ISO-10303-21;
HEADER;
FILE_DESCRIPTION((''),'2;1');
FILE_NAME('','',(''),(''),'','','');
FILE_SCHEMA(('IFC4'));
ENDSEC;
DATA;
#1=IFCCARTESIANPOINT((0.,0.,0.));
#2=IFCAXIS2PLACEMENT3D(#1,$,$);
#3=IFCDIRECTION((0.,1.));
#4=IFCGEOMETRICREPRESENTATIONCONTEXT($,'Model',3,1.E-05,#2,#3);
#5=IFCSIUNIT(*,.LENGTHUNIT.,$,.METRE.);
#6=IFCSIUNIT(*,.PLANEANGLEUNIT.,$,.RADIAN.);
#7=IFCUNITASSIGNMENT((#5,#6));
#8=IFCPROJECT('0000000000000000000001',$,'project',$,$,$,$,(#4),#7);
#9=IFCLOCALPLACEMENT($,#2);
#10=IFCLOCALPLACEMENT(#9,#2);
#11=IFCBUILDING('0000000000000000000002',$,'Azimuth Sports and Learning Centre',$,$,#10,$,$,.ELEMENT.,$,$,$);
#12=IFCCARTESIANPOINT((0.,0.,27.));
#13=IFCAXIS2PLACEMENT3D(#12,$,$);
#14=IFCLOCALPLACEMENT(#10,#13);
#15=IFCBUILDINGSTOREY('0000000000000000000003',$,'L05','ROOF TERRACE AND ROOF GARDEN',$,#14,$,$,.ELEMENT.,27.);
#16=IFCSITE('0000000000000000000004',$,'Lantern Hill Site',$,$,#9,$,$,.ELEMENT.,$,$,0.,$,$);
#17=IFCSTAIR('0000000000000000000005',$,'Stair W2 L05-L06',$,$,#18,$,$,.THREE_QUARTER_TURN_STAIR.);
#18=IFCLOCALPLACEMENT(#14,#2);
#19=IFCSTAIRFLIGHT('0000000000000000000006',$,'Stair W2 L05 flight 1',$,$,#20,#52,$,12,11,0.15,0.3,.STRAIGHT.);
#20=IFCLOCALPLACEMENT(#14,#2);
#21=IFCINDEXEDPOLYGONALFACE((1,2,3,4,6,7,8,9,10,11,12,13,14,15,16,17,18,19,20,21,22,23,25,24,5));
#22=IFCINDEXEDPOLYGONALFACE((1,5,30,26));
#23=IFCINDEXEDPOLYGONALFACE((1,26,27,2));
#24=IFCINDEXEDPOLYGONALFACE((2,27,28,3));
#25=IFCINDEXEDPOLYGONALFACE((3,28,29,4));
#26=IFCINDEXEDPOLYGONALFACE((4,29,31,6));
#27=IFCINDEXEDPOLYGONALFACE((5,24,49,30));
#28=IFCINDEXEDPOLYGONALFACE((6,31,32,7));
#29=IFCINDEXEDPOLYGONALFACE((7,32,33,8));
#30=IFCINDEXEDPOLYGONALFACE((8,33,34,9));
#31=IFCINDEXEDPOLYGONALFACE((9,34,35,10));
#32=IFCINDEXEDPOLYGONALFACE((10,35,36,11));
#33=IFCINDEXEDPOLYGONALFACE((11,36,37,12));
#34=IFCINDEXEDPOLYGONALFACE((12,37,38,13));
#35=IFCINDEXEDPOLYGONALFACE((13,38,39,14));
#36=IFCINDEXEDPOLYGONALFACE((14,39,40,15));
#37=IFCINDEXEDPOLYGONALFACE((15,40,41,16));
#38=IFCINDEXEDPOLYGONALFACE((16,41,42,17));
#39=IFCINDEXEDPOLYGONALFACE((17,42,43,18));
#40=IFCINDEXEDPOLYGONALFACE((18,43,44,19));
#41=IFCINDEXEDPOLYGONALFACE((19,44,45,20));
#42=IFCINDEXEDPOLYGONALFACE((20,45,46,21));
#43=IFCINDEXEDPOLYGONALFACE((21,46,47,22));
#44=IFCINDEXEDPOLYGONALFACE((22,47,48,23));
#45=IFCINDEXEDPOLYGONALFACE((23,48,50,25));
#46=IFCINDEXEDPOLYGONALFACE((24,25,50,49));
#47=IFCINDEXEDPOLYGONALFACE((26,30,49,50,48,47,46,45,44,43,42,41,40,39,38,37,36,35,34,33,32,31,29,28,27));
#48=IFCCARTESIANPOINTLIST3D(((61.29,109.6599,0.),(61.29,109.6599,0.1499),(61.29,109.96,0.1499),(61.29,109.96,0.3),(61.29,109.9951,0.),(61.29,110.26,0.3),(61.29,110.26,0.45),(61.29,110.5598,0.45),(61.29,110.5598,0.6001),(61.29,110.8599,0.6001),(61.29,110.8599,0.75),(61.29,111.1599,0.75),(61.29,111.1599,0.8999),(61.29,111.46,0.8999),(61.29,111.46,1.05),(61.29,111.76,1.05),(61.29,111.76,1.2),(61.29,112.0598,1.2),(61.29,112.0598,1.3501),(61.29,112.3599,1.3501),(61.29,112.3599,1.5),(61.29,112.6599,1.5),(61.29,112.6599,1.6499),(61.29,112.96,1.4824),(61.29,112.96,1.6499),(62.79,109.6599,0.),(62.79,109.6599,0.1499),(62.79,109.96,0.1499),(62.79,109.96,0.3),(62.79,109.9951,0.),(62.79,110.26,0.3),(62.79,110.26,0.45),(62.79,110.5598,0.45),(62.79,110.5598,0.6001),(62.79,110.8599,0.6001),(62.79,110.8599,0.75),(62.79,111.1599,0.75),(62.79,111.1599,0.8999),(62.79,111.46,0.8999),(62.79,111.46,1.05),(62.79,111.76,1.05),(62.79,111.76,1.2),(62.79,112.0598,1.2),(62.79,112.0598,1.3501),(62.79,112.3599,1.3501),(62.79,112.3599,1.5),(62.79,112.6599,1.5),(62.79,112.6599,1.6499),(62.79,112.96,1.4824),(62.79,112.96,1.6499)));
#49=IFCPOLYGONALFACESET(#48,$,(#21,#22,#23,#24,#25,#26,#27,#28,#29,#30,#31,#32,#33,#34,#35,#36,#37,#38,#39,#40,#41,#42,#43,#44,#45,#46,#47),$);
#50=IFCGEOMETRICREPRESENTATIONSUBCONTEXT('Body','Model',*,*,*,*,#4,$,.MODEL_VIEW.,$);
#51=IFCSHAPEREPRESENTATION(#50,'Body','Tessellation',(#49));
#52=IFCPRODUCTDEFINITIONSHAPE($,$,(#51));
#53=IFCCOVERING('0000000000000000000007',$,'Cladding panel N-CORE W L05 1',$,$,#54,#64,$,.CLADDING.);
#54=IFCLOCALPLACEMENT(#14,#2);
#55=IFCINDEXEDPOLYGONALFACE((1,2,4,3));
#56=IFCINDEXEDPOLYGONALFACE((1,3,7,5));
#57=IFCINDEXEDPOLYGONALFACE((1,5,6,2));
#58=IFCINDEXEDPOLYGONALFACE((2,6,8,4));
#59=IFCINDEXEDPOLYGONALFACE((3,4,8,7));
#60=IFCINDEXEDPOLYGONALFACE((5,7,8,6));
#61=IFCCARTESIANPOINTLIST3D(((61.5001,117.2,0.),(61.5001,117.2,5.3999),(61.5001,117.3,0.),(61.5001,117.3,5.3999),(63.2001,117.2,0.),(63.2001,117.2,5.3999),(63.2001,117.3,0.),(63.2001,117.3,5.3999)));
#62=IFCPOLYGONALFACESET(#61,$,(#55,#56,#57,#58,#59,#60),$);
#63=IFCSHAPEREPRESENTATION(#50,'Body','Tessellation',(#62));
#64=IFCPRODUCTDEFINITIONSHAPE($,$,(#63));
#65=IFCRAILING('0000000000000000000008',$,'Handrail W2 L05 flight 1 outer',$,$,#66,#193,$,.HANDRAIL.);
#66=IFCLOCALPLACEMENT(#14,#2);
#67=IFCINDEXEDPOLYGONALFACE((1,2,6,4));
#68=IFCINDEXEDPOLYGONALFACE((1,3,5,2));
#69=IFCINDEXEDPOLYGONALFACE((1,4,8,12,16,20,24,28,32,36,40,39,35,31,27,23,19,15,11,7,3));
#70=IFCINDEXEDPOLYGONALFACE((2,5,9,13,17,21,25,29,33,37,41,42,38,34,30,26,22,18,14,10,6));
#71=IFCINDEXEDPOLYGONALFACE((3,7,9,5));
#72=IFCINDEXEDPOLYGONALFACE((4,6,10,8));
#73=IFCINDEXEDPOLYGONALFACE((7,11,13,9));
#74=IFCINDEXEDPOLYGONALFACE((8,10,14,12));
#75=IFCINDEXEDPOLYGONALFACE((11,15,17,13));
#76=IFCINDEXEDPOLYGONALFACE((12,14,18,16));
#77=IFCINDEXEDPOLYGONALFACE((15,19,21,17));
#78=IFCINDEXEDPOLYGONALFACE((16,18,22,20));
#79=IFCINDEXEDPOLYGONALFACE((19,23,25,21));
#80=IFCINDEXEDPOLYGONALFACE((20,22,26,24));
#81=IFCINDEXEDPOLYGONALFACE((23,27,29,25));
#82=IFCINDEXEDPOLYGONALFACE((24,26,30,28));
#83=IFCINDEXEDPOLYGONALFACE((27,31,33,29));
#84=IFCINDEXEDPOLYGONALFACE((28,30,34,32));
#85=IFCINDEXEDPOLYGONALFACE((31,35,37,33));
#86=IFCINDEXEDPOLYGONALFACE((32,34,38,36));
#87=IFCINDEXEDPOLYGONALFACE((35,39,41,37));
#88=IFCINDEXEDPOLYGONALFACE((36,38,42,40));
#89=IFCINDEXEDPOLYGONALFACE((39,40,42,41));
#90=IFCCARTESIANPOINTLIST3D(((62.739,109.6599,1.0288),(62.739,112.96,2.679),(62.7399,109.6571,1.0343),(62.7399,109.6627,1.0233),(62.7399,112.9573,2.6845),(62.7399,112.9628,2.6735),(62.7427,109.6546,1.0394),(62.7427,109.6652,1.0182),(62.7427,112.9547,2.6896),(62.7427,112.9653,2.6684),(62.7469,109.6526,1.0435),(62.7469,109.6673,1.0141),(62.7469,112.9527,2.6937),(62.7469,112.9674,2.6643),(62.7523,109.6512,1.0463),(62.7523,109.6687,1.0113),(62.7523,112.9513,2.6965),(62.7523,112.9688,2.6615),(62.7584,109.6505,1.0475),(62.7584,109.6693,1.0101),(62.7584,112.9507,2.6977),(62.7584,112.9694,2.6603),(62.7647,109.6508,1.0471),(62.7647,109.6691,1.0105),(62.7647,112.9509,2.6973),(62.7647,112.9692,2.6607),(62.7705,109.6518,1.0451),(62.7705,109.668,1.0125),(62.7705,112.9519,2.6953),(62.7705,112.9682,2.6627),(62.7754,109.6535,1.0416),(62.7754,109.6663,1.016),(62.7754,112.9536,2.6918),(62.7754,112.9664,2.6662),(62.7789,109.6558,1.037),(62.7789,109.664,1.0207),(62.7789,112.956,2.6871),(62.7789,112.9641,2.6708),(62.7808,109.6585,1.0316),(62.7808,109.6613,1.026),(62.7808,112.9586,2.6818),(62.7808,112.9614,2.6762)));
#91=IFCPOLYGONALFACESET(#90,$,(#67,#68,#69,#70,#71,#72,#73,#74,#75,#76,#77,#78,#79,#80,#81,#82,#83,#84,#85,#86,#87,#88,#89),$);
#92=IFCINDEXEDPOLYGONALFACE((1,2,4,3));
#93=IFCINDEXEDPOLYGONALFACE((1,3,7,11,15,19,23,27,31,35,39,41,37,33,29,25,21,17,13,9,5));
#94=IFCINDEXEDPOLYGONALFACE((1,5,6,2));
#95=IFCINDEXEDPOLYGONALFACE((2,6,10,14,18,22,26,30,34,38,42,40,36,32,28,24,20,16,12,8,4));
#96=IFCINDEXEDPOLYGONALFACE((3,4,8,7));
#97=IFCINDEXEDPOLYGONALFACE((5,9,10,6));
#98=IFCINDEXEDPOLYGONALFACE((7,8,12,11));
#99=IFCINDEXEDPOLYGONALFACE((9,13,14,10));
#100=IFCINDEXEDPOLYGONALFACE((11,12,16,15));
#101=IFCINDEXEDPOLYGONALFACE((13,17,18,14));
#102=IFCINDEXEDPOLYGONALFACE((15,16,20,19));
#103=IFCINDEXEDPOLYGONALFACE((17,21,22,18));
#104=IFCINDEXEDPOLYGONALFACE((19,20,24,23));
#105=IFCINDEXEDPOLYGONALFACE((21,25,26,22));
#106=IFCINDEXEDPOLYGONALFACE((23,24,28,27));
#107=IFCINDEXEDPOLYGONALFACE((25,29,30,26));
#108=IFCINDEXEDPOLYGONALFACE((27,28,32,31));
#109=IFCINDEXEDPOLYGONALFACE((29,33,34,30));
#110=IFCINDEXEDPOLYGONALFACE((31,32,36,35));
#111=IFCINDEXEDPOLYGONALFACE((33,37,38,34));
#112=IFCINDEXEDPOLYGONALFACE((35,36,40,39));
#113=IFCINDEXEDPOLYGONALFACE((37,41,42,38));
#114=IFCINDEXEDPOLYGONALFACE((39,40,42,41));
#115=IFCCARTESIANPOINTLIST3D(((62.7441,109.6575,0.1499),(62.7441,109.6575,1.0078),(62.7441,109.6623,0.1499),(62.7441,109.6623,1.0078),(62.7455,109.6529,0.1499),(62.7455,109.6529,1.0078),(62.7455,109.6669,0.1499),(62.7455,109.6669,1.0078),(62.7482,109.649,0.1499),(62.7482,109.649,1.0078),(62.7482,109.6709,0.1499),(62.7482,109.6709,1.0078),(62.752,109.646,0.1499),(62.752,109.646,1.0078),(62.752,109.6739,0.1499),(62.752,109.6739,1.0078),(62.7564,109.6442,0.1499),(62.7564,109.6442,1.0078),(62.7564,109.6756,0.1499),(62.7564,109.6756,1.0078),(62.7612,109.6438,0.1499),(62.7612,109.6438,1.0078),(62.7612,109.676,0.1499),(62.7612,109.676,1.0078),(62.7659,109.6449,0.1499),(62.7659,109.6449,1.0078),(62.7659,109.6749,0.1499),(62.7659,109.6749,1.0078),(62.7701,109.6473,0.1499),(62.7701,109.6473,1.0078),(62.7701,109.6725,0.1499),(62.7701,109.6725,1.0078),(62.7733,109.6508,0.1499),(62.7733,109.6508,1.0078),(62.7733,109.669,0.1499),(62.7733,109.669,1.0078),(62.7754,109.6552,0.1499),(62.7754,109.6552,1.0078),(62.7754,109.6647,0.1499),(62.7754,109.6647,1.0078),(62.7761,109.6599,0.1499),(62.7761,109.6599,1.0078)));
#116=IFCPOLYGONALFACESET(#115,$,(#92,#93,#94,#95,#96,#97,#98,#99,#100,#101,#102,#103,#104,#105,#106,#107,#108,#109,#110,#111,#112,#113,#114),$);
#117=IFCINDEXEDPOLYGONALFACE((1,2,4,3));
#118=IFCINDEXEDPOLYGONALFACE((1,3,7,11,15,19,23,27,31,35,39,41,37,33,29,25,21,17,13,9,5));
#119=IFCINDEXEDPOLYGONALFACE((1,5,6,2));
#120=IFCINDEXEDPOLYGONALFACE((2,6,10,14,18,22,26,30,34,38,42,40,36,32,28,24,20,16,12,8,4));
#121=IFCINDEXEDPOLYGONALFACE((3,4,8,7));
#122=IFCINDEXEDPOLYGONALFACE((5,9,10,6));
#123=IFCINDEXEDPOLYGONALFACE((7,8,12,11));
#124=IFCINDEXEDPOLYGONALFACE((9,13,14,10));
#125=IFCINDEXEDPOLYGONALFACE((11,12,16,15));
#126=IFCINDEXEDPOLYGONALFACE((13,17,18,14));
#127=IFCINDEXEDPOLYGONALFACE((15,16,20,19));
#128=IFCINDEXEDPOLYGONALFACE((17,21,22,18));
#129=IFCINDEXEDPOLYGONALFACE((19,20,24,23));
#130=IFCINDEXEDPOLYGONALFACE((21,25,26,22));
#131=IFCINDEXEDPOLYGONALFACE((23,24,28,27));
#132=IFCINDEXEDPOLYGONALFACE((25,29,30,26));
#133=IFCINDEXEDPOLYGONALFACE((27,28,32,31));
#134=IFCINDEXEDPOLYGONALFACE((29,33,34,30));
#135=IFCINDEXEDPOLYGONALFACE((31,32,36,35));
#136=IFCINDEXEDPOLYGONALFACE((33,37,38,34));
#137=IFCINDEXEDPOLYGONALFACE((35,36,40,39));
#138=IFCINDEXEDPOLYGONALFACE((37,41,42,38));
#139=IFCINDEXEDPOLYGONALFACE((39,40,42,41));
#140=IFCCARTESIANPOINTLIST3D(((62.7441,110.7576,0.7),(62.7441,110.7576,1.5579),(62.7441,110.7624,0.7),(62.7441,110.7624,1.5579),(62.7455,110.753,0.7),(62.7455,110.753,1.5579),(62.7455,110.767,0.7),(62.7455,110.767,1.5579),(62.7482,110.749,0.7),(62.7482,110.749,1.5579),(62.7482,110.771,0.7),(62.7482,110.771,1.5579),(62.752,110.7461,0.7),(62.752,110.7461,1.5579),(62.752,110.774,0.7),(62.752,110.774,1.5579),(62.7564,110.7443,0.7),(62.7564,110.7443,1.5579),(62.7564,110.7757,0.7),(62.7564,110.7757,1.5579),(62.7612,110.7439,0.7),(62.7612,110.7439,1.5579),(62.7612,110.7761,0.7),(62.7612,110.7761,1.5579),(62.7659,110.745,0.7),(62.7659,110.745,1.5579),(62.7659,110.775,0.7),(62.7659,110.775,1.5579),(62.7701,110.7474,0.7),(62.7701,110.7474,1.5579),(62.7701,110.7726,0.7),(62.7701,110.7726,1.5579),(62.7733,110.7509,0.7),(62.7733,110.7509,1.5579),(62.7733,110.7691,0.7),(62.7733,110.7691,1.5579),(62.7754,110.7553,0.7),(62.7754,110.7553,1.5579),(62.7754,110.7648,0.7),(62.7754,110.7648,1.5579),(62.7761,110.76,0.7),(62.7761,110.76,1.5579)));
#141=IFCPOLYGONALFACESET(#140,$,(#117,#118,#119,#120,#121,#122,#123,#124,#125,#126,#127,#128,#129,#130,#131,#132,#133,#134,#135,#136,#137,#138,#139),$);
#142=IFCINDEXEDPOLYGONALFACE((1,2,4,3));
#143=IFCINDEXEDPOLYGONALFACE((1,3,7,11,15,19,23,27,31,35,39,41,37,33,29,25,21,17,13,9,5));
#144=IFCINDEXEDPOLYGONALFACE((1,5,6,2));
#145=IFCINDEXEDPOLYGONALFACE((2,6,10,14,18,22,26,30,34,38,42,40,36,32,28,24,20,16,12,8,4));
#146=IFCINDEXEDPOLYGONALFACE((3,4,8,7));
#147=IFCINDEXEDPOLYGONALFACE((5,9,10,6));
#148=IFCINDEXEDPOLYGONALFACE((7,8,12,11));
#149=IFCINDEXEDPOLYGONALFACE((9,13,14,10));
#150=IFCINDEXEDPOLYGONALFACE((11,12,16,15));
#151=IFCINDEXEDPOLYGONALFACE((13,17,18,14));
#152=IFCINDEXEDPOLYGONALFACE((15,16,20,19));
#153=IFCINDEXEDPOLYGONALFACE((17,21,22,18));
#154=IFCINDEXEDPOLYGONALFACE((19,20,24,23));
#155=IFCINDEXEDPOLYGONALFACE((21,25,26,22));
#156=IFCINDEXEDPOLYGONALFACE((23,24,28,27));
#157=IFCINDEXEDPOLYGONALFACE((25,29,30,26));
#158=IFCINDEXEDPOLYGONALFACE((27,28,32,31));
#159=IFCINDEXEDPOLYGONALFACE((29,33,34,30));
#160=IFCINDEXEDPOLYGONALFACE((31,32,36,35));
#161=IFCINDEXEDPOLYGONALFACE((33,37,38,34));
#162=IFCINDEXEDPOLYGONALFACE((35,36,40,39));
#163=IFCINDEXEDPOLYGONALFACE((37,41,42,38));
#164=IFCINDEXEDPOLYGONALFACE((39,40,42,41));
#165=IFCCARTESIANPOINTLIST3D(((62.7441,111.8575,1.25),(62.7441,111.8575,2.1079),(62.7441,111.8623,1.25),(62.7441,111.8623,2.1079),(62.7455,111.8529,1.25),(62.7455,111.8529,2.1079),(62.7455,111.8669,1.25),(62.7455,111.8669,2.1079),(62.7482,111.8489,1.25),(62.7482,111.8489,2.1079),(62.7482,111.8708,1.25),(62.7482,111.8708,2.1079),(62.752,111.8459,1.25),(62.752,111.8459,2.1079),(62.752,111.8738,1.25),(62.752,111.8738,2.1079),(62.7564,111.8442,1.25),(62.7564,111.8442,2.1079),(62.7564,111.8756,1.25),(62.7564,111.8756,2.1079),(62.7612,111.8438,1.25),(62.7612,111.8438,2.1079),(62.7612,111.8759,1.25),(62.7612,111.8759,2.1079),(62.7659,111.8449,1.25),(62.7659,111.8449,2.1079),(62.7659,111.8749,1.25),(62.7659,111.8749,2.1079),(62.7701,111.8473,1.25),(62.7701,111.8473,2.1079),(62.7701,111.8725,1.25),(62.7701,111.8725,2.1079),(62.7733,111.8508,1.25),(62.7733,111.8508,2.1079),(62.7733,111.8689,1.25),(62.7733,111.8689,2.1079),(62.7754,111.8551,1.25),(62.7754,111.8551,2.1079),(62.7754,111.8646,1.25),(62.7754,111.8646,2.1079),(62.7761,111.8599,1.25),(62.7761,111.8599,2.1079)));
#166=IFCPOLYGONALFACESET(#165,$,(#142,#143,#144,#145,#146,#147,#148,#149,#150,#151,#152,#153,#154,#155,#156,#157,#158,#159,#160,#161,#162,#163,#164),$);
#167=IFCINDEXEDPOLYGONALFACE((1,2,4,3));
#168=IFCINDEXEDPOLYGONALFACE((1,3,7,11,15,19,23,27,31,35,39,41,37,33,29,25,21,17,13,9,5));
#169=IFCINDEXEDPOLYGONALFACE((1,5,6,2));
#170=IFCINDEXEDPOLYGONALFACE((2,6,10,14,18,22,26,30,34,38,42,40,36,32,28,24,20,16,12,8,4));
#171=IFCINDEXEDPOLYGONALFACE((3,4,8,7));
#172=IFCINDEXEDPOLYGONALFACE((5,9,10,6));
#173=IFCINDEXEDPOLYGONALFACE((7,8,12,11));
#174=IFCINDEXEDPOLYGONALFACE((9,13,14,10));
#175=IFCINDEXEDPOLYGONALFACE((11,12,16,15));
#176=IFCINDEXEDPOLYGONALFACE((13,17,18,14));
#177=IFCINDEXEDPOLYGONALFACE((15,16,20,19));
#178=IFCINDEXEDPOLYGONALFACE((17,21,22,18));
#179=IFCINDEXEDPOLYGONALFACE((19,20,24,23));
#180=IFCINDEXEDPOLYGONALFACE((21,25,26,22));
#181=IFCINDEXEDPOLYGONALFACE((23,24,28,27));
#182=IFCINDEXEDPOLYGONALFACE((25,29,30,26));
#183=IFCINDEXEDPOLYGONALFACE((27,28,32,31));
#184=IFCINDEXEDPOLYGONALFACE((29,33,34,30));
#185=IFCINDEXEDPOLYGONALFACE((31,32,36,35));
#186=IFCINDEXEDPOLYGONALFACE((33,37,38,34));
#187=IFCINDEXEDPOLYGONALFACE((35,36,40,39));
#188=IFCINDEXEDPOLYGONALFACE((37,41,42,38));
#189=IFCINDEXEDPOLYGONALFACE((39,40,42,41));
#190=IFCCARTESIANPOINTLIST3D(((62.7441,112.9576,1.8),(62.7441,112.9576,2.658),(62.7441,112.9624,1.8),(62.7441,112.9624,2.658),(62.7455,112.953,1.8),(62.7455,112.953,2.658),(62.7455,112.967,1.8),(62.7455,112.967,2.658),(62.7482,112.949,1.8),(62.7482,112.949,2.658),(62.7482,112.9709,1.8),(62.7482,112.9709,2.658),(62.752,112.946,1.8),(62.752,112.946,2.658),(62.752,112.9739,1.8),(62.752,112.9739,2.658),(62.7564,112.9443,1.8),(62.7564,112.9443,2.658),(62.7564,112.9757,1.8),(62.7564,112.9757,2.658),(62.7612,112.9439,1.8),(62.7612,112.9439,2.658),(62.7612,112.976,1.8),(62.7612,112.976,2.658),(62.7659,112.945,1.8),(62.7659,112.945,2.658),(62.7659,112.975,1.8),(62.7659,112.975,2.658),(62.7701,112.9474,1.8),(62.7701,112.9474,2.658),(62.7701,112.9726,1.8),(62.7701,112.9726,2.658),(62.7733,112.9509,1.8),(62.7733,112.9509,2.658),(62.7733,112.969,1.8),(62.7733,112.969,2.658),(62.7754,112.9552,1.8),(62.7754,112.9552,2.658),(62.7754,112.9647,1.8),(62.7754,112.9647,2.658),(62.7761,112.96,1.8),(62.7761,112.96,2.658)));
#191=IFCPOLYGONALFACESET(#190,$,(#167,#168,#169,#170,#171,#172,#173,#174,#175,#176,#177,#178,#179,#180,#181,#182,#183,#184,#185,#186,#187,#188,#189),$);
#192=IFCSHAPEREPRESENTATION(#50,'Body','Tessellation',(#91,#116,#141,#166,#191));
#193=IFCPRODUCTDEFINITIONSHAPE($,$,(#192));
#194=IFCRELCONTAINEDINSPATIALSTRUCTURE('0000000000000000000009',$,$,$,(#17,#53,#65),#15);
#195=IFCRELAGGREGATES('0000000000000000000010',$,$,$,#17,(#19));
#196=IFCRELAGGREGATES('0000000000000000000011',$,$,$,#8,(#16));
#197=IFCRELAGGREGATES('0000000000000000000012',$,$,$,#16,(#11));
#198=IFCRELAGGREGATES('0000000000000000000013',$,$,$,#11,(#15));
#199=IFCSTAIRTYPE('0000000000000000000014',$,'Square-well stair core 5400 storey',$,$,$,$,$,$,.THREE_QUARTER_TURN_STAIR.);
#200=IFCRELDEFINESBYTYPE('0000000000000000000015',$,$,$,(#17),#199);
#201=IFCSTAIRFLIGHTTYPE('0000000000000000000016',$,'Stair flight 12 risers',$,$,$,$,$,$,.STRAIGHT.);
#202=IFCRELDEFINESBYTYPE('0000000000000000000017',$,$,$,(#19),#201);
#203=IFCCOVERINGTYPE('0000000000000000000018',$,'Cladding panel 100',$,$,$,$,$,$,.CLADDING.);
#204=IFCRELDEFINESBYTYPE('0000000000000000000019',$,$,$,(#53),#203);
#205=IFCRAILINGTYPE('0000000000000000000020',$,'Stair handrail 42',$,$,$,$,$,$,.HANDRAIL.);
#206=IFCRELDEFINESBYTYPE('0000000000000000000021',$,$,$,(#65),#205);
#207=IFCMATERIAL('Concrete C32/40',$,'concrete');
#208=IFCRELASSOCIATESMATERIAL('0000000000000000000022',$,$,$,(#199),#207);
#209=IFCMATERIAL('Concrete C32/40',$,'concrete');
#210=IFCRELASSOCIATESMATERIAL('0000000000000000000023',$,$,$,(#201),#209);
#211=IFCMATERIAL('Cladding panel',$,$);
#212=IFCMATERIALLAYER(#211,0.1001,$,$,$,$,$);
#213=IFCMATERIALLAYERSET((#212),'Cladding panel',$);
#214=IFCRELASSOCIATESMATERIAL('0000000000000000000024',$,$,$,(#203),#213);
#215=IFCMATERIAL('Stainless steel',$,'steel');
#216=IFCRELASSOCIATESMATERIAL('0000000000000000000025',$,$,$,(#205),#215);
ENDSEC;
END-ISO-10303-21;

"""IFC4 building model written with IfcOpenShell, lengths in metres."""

from ifc_helpers import new_model, si_unit, direction, frame, origin, origin_2d, place, context, subcontext, project, spatial, polyline, rectangle, circle, outline, extrude, material, layer, layer_set, type_object, element, aggregate, save


model = new_model("IFC4")

# Units and contexts
model_context = context("Model", 3, precision=1e-05, world=origin(), true_north=direction((0.0, 1.0)))
body_context = subcontext(model_context, "Body", "Model", "MODEL_VIEW")
ifc_project = project(units=[si_unit("LENGTHUNIT", "METRE"), si_unit("PLANEANGLEUNIT", "RADIAN")], contexts=[model_context])

# Site, building, storey
site_placement = place(None, origin())
site = spatial("IfcSite", under=ifc_project, at=site_placement, Name="Lantern Hill Site", CompositionType="ELEMENT", RefElevation=0.0)
building_placement = place(site_placement, origin())
building = spatial("IfcBuilding", under=site, at=building_placement, Name="Azimuth Sports and Learning Centre", CompositionType="ELEMENT")
storey_placement = place(building_placement, frame((0.0, 0.0, 27.0)))
storey = spatial("IfcBuildingStorey", under=building, at=storey_placement, Name="L05", Description="ROOF TERRACE AND ROOF GARDEN", CompositionType="ELEMENT", Elevation=27.0)

# Stair, stair flight
ifc_material_1 = material(Name="Concrete C32/40", Category="concrete")
stair_type = type_object("IfcStairType", Name="Square-well stair core 5400 storey", PredefinedType="THREE_QUARTER_TURN_STAIR", material=ifc_material_1)
stair_placement = place(storey_placement, origin())
stair = element("IfcStair", 1, at=stair_placement, inside=storey, type_object=stair_type, Name="Stair W2 L05-L06", PredefinedType="THREE_QUARTER_TURN_STAIR")
ifc_material_2 = material(Name="Concrete C32/40", Category="concrete")
stair_flight_type = type_object("IfcStairFlightType", Name="Stair flight 12 risers", PredefinedType="STRAIGHT", material=ifc_material_2)
stair_flight_placement = place(storey_placement, frame((62.04, 109.6599, 0.0), z_axis=(0.0, 0.0, 1.0), x_axis=(0.0, 1.0, 0.0)))
stair_flight = element("IfcStairFlight", 2, at=stair_flight_placement, type_object=stair_flight_type, Name="Stair W2 L05 flight 1", NumberOfRisers=12, NumberOfTreads=11, PredefinedType="STRAIGHT", RiserHeight=0.15, TreadLength=0.3, context=body_context, shape_type="SweptSolid", body=[
    extrude(outline(polyline([(0.0, 0.0), (0.0, 0.1499), (0.3, 0.1499), (0.3, 0.3), (0.6001, 0.3), (0.6001, 0.45), (0.8999, 0.45), (0.8999, 0.6001), (1.2, 0.6001), (1.2, 0.75), (1.5, 0.75), (1.5, 0.8999), (1.8, 0.8999), (1.8, 1.05), (2.1001, 1.05), (2.1001, 1.2), (2.3999, 1.2), (2.3999, 1.3501), (2.7, 1.3501), (2.7, 1.5), (3.0, 1.5), (3.0, 1.6499), (3.3, 1.6499), (3.3, 1.8), (3.3, 1.4824), (0.3352, 0.0), (0.0, 0.0)])), frame((0.0, 0.75, 0.0), z_axis=(0.0, -1.0, 0.0), x_axis=(1.0, 0.0, 0.0)), (0.0, 0.0, 1.0), 1.5),
])
aggregate(stair, [stair_flight])

# Covering
ifc_material_3 = material(Name="Cladding panel")
ifc_layer = layer(ifc_material_3, 0.1001)
ifc_layer_set = layer_set([ifc_layer], Name="Cladding panel")
covering_type = type_object("IfcCoveringType", Name="Cladding panel 100", PredefinedType="CLADDING", material=ifc_layer_set)
covering_placement = place(storey_placement, frame((62.3501, 117.25, 0.0), z_axis=(0.0, 0.0, 1.0), x_axis=(-1.0, 0.0, 0.0)))
element("IfcCovering", 3, at=covering_placement, inside=storey, type_object=covering_type, Name="Cladding panel N-CORE W L05 1", PredefinedType="CLADDING", context=body_context, shape_type="SweptSolid", body=[
    extrude(rectangle(XDim=1.7, YDim=0.1001, at=origin_2d()), origin(), (0.0, 0.0, 1.0), 5.3999),
])

# Railing
ifc_material_4 = material(Name="Stainless steel", Category="steel")
railing_type = type_object("IfcRailingType", Name="Stair handrail 42", PredefinedType="HANDRAIL", material=ifc_material_4)
railing_placement = place(storey_placement, frame((62.76, 109.6599, 0.1499)))
element("IfcRailing", 4, at=railing_placement, inside=storey, type_object=railing_type, Name="Handrail W2 L05 flight 1 outer", PredefinedType="HANDRAIL", context=body_context, shape_type="SweptSolid", body=[
    extrude(circle(Radius=0.021, at=origin_2d()), frame((0.0, 0.0, 0.8789), z_axis=(0.0, 0.894414, 0.44724), x_axis=(-1.0, 0.0, 0.0)), (0.0, 0.0, 1.0), 3.6897),
    extrude(circle(Radius=0.0161, at=origin_2d()), origin(), (0.0, 0.0, 1.0), 0.8579),
    extrude(circle(Radius=0.0161, at=origin_2d()), frame((0.0, 1.1001, 0.55)), (0.0, 0.0, 1.0), 0.8579),
    extrude(circle(Radius=0.0161, at=origin_2d()), frame((0.0, 2.2, 1.1001)), (0.0, 0.0, 1.0), 0.8579),
    extrude(circle(Radius=0.0161, at=origin_2d()), frame((0.0, 3.3, 1.6501)), (0.0, 0.0, 1.0), 0.8579),
])

save(model, "model.ifc")
